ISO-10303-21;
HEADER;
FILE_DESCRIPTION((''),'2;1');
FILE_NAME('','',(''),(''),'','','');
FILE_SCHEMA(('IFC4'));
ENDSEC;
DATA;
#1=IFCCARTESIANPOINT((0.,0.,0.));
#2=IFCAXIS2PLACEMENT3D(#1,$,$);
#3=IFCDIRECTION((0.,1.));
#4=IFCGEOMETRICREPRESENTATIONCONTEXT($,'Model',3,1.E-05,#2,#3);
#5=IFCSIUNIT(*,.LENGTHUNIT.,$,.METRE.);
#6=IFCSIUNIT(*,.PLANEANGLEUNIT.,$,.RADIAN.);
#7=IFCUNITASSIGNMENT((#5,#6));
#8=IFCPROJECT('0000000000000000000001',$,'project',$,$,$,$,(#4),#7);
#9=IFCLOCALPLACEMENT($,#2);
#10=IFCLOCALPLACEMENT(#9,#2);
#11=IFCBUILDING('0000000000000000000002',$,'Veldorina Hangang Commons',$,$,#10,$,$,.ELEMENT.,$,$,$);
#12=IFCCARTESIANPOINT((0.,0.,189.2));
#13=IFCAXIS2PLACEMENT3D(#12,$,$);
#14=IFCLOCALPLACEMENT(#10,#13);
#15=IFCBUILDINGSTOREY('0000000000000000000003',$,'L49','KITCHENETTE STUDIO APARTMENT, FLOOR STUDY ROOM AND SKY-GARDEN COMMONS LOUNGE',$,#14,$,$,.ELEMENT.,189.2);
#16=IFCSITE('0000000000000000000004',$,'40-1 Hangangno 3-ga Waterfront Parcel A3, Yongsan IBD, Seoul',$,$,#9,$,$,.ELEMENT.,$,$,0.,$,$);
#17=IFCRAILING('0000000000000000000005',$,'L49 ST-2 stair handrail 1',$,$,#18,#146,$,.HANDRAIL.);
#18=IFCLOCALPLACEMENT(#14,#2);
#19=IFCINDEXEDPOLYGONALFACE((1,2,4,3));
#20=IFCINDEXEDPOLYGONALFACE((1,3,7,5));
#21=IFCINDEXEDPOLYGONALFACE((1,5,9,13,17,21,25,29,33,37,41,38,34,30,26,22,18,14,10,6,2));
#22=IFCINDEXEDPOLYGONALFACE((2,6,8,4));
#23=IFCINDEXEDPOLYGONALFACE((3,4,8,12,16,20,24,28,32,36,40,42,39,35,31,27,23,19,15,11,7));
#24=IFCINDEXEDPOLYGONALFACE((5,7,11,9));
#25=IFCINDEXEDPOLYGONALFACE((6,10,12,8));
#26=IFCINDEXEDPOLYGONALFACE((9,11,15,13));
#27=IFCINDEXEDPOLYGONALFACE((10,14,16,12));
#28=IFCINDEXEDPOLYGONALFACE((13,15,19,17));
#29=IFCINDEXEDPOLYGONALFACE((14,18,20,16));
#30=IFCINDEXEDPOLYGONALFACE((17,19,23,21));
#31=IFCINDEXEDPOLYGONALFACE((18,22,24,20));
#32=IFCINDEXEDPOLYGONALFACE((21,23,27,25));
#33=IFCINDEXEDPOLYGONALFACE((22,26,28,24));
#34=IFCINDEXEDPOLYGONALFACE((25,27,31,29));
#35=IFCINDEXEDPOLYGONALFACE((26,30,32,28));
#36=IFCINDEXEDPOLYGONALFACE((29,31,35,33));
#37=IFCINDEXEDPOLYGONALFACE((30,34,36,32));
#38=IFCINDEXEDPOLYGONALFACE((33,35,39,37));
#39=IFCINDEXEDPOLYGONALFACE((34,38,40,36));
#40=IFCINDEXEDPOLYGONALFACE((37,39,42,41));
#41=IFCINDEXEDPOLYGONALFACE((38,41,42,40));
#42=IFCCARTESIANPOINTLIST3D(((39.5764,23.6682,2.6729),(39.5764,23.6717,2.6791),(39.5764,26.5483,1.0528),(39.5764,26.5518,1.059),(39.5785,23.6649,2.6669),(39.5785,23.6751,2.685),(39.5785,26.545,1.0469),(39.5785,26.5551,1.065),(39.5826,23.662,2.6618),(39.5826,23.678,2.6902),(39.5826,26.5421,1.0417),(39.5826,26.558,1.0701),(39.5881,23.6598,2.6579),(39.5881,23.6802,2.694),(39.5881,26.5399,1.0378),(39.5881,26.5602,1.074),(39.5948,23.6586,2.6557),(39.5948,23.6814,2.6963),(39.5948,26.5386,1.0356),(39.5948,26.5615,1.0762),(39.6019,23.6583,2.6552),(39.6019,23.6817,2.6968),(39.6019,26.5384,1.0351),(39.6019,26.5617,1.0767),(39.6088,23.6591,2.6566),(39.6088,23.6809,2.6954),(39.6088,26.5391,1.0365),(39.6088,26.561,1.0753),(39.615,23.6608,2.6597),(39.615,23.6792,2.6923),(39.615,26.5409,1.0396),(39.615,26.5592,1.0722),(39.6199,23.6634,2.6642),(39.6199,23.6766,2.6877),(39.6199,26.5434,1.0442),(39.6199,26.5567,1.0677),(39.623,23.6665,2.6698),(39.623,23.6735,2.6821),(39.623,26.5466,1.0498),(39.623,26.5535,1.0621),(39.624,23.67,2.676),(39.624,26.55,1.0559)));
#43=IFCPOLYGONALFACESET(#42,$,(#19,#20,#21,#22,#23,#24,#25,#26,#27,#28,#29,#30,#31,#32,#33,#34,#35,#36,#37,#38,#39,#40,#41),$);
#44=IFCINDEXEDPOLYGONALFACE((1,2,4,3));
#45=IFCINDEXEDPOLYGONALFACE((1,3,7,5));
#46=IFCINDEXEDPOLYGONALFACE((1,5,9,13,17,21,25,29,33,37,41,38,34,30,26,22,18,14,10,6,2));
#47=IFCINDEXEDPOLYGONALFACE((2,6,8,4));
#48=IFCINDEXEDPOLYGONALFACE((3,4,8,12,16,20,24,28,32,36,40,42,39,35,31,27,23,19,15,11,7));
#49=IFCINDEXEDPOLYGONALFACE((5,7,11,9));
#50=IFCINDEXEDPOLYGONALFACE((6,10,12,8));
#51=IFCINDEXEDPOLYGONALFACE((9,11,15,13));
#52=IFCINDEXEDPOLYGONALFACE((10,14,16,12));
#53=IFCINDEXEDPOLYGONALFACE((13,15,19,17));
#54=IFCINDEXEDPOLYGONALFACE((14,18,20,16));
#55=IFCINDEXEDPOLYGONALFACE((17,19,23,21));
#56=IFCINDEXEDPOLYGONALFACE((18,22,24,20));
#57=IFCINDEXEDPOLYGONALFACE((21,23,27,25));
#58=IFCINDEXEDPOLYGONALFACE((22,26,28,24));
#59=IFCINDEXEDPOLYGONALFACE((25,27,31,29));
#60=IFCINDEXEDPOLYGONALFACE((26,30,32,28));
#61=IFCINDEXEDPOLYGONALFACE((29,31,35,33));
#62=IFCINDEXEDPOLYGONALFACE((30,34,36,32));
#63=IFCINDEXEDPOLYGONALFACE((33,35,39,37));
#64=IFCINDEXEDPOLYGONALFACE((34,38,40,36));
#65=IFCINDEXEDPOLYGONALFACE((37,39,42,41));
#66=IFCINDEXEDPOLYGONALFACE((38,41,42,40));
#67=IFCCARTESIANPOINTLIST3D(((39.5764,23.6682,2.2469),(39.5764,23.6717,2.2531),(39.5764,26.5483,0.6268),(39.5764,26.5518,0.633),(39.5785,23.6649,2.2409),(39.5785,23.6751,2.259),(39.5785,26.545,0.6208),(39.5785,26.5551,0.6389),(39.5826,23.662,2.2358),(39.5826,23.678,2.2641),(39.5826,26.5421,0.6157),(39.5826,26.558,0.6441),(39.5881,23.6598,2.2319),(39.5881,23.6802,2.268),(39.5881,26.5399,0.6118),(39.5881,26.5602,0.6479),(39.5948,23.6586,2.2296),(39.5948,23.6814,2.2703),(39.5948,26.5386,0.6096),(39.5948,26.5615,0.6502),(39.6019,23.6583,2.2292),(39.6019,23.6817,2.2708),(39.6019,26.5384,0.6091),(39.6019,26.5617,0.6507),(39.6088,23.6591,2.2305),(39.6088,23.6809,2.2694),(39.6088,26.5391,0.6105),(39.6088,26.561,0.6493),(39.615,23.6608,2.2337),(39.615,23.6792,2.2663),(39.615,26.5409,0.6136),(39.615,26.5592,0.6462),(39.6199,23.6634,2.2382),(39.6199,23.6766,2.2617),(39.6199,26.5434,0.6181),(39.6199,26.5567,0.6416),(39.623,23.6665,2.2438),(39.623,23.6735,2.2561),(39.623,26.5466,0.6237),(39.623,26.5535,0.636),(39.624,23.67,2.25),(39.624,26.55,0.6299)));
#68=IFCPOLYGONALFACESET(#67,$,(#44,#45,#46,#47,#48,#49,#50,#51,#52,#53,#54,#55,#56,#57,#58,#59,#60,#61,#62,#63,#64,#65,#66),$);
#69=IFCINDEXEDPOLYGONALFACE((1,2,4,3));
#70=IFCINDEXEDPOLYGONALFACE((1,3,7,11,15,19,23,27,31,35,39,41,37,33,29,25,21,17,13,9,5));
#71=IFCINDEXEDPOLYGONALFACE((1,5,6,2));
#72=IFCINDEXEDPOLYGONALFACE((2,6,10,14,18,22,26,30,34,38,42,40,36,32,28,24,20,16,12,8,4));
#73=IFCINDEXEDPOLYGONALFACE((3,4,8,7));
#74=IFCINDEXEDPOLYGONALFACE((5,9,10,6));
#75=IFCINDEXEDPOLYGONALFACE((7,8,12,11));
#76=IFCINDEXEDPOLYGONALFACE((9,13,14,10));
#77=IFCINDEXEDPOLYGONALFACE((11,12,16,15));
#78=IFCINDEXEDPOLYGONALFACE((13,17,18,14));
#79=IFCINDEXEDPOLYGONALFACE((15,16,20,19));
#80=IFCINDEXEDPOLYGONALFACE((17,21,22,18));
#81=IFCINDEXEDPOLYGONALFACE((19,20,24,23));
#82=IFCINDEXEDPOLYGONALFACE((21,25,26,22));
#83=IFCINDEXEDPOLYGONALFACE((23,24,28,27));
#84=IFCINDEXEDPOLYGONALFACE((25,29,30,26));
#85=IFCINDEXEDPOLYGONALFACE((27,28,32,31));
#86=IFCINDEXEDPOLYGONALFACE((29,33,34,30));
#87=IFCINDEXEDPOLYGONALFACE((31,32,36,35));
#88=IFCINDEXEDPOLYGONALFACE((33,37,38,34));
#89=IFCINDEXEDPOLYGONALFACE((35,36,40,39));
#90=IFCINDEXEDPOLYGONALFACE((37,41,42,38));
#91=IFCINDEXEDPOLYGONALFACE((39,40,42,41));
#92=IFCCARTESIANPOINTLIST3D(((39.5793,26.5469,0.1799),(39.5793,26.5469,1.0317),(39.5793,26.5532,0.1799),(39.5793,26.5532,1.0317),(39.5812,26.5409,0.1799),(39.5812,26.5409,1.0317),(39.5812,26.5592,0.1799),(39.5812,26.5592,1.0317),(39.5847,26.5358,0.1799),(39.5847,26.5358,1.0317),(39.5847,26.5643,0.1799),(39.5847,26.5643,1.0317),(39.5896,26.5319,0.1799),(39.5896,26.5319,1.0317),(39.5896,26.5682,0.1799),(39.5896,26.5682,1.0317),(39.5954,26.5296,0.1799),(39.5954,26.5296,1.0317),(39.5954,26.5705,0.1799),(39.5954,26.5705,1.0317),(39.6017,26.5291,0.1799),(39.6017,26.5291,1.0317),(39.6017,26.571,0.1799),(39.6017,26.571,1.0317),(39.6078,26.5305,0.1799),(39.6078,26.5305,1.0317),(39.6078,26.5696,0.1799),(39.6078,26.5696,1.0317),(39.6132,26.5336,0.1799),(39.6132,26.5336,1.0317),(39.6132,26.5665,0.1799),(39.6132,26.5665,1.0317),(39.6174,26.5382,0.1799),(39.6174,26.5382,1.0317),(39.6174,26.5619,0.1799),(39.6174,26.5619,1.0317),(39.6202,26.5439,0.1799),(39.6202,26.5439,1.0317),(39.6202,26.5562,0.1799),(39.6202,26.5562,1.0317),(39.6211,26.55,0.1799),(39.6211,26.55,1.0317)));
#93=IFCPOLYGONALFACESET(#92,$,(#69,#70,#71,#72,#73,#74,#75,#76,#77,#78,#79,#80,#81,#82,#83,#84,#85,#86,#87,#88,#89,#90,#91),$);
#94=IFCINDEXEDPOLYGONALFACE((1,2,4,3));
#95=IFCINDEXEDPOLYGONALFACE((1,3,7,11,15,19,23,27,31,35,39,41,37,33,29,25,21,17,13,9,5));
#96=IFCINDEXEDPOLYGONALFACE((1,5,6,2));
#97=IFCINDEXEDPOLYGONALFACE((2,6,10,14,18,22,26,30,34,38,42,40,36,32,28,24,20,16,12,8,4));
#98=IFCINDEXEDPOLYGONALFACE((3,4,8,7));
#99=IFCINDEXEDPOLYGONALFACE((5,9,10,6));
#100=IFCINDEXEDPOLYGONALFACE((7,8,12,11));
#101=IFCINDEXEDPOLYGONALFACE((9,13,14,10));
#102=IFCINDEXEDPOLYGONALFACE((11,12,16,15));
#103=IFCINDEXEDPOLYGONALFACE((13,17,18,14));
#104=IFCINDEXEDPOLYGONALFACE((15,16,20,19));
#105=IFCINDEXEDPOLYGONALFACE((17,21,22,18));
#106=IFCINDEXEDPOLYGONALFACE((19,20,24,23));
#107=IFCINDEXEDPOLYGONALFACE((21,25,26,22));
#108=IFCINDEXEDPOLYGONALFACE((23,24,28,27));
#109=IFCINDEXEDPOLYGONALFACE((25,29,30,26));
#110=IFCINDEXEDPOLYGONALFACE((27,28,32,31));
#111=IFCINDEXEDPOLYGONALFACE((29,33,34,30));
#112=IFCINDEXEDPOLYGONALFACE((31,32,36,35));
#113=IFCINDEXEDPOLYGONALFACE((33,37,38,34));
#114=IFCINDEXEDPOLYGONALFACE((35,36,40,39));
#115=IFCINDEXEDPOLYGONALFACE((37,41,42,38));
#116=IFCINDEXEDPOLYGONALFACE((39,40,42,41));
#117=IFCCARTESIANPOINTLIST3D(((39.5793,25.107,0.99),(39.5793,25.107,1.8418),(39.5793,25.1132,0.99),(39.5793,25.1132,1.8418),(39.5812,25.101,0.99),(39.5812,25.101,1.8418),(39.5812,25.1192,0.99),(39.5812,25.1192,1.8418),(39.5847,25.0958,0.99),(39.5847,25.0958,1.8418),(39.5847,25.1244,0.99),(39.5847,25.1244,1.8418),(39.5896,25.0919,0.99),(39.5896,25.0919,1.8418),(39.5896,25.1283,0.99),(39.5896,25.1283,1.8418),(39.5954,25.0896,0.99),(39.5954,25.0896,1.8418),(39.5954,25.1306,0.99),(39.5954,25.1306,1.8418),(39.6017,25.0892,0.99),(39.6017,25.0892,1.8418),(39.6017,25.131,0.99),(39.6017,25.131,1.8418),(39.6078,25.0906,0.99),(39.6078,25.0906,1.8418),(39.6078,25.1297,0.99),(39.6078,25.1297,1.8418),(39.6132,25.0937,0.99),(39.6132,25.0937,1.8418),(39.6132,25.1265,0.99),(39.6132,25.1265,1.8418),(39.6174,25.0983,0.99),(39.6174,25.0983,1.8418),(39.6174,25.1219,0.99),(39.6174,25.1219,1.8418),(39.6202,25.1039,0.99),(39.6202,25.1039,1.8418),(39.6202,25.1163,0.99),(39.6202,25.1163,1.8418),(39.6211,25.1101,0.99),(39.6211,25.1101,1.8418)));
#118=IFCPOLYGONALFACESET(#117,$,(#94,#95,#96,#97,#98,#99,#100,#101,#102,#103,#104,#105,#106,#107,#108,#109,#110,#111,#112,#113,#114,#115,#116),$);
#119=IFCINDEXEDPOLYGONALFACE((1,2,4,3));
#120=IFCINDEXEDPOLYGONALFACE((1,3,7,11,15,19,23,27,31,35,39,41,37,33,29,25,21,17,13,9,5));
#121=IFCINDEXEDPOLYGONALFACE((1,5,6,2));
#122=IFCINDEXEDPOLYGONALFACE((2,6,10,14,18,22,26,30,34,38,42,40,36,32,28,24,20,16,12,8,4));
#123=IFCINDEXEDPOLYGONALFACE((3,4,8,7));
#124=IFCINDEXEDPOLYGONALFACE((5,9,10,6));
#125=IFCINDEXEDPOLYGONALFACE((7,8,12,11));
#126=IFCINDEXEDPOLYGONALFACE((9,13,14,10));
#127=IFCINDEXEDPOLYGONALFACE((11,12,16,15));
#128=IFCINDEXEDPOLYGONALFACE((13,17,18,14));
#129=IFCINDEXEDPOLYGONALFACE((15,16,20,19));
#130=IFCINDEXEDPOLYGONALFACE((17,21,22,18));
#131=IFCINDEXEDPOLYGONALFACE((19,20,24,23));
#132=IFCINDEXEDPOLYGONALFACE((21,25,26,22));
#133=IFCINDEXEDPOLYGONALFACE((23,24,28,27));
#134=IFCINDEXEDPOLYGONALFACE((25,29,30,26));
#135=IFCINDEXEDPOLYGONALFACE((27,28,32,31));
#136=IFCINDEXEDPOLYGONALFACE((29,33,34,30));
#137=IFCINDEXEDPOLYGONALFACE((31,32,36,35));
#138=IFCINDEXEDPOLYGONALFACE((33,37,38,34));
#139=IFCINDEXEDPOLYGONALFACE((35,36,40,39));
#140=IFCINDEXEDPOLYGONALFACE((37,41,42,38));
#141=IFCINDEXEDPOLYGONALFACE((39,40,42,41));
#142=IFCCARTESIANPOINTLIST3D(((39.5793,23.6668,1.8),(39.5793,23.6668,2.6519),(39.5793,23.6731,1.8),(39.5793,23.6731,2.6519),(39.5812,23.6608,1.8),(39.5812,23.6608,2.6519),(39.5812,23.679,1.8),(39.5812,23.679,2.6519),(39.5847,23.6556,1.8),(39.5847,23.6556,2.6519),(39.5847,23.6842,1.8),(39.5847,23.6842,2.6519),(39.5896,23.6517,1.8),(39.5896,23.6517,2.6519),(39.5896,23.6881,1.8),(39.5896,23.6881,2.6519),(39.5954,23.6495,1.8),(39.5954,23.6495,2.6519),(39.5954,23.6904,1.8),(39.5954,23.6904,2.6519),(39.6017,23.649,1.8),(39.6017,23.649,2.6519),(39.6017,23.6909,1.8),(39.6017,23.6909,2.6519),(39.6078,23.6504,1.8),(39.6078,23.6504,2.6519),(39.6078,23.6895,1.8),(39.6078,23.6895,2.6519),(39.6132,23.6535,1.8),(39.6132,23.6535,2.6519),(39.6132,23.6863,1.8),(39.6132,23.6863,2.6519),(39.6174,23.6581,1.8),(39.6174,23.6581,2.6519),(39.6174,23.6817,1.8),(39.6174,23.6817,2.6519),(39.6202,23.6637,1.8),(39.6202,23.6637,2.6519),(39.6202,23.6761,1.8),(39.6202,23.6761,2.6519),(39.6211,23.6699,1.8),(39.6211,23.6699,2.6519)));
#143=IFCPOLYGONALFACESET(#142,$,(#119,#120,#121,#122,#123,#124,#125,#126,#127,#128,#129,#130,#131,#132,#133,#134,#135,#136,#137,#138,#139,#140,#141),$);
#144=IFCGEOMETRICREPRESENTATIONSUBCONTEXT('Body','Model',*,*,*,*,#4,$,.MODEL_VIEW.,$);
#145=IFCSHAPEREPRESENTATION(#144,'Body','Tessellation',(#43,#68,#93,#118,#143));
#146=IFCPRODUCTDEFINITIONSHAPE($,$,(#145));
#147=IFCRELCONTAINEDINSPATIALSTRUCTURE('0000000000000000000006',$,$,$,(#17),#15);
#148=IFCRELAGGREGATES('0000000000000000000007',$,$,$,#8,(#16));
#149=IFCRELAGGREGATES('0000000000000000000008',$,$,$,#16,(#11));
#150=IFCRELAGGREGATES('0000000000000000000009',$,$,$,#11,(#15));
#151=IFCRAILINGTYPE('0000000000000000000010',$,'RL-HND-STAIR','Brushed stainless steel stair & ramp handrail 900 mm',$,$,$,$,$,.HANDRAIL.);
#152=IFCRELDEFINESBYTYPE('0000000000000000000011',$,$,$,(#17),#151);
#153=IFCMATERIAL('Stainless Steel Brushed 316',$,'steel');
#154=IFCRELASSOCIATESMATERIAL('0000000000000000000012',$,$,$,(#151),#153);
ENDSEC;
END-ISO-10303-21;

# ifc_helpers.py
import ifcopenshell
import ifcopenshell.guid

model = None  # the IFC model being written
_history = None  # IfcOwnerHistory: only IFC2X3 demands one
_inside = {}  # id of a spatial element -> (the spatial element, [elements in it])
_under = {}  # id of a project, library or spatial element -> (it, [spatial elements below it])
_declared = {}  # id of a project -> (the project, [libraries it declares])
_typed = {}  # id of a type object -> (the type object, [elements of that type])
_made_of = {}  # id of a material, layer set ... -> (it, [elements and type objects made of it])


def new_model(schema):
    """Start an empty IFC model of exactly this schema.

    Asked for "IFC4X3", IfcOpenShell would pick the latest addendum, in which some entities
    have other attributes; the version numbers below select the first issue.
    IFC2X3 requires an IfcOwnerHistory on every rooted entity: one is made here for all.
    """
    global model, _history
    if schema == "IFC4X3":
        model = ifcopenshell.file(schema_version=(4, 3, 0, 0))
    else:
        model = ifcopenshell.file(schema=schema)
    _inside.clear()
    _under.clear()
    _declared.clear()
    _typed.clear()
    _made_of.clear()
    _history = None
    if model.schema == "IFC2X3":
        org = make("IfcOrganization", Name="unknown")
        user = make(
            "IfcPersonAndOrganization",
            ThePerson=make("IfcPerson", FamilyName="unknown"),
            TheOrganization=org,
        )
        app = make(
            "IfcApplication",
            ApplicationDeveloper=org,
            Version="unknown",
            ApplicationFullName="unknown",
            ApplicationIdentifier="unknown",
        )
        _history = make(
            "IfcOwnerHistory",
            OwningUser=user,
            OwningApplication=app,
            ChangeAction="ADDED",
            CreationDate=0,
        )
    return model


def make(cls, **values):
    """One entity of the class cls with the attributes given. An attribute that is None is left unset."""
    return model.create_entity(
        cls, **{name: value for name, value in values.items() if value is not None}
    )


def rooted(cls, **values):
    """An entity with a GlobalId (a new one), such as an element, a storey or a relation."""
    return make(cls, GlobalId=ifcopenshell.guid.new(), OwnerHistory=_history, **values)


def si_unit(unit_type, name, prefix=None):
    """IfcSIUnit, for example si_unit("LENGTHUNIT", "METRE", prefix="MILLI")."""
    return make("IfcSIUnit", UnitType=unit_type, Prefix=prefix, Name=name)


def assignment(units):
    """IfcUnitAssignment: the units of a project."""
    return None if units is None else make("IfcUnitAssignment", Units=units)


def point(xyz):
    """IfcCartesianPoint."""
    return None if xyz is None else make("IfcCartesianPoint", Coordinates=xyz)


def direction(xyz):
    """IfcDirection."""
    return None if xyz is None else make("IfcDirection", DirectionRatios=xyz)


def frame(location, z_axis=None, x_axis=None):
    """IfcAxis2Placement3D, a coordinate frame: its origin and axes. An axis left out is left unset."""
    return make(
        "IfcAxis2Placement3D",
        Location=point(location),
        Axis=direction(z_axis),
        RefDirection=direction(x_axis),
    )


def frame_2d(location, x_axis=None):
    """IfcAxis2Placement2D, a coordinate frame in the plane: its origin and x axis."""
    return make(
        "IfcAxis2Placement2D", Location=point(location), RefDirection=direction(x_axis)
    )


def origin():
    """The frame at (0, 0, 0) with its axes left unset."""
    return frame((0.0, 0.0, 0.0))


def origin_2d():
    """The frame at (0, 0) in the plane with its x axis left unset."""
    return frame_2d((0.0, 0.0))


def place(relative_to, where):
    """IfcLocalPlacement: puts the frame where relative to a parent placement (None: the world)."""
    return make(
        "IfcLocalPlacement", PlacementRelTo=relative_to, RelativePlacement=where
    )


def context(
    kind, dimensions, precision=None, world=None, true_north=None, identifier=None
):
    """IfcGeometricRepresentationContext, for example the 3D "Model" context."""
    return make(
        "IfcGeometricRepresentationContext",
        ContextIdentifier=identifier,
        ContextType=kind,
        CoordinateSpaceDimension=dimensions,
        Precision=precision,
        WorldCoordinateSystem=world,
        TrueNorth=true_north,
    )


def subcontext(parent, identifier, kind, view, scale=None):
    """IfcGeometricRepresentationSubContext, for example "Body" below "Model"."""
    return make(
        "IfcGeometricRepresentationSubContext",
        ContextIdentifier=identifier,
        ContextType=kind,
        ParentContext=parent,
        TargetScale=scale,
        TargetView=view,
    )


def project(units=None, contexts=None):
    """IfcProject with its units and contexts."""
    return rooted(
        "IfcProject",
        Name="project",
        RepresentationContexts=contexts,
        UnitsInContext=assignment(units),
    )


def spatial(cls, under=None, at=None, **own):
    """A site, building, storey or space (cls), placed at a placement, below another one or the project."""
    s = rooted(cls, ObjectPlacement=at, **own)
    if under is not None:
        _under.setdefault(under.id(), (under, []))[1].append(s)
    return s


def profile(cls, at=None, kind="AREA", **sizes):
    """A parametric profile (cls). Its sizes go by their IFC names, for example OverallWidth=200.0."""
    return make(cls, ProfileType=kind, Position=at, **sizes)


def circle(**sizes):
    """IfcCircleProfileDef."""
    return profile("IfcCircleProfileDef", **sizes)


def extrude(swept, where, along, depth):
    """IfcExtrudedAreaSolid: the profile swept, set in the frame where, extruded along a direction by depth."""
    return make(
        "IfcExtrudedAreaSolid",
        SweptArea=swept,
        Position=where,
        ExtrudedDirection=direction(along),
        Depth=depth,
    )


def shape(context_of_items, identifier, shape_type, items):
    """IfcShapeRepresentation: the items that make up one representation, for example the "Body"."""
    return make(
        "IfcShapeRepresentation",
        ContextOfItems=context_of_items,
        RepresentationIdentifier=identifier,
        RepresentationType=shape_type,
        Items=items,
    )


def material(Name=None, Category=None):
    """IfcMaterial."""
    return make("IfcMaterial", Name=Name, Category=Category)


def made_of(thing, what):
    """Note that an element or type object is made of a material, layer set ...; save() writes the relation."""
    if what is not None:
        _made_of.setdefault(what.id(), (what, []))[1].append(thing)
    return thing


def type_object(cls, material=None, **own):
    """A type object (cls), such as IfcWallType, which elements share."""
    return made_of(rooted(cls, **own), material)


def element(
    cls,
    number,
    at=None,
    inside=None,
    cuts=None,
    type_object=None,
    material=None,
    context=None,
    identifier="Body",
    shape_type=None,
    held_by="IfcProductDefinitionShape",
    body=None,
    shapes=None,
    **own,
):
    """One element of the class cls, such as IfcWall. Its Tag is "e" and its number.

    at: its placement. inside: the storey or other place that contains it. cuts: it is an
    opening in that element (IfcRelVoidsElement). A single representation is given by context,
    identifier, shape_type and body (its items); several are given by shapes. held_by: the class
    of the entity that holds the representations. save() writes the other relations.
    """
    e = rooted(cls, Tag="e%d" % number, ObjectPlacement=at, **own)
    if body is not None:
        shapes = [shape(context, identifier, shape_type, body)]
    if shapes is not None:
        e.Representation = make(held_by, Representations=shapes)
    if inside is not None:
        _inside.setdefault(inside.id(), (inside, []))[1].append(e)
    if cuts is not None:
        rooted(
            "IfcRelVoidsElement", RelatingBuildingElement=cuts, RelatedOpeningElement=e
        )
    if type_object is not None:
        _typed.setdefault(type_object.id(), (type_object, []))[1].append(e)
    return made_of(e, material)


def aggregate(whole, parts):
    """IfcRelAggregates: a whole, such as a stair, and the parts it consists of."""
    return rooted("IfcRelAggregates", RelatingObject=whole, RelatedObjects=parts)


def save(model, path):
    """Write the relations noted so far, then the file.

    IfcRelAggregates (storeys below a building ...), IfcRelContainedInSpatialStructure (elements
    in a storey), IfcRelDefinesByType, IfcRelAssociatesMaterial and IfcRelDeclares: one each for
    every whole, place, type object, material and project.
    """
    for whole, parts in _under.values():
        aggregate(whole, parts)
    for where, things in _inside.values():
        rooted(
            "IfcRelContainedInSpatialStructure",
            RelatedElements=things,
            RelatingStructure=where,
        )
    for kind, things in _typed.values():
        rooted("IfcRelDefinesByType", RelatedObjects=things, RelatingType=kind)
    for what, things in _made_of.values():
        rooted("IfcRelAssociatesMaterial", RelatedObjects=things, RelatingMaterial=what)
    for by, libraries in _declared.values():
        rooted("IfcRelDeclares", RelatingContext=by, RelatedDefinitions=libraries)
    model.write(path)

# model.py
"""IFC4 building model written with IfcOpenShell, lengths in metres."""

from ifc_helpers import new_model, si_unit, direction, frame, origin, origin_2d, place, context, subcontext, project, spatial, circle, extrude, material, type_object, element, save


model = new_model("IFC4")

# Units and contexts
model_context = context("Model", 3, precision=1e-05, world=origin(), true_north=direction((0.0, 1.0)))
body_context = subcontext(model_context, "Body", "Model", "MODEL_VIEW")
ifc_project = project(units=[si_unit("LENGTHUNIT", "METRE"), si_unit("PLANEANGLEUNIT", "RADIAN")], contexts=[model_context])

# Site, building, storey
site_placement = place(None, origin())
site = spatial("IfcSite", under=ifc_project, at=site_placement, Name="40-1 Hangangno 3-ga Waterfront Parcel A3, Yongsan IBD, Seoul", CompositionType="ELEMENT", RefElevation=0.0)
building_placement = place(site_placement, origin())
building = spatial("IfcBuilding", under=site, at=building_placement, Name="Veldorina Hangang Commons", CompositionType="ELEMENT")
storey_placement = place(building_placement, frame((0.0, 0.0, 189.2)))
storey = spatial("IfcBuildingStorey", under=building, at=storey_placement, Name="L49", Description="KITCHENETTE STUDIO APARTMENT, FLOOR STUDY ROOM AND SKY-GARDEN COMMONS LOUNGE", CompositionType="ELEMENT", Elevation=189.2)

# Railing
ifc_material_1 = material(Name="Stainless Steel Brushed 316", Category="steel")
railing_type_1 = type_object("IfcRailingType", Name="RL-HND-STAIR", Description="Brushed stainless steel stair & ramp handrail 900 mm", PredefinedType="HANDRAIL", material=ifc_material_1)
railing_1_placement = place(storey_placement, frame((39.6001, 26.55, 0.1799)))
element("IfcRailing", 1, at=railing_1_placement, inside=storey, type_object=railing_type_1, Name="L49 ST-2 stair handrail 1", PredefinedType="HANDRAIL", context=body_context, shape_type="SweptSolid", body=[
    extrude(circle(Radius=0.0239, at=origin_2d()), frame((0.0, 0.0, 0.876), z_axis=(0.0, -0.87157, 0.490272), x_axis=(1.0, 0.0, 0.0)), (0.0, 0.0, 1.0), 3.3044),
    extrude(circle(Radius=0.0239, at=origin_2d()), frame((0.0, 0.0, 0.45), z_axis=(0.0, -0.87157, 0.490272), x_axis=(1.0, 0.0, 0.0)), (0.0, 0.0, 1.0), 3.3044),
    extrude(circle(Radius=0.021, at=origin_2d()), origin(), (0.0, 0.0, 1.0), 0.8518),
    extrude(circle(Radius=0.021, at=origin_2d()), frame((0.0, -1.4399, 0.8101)), (0.0, 0.0, 1.0), 0.8518),
    extrude(circle(Radius=0.021, at=origin_2d()), frame((0.0, -2.8801, 1.6201)), (0.0, 0.0, 1.0), 0.8518),
])

save(model, "model.ifc")
